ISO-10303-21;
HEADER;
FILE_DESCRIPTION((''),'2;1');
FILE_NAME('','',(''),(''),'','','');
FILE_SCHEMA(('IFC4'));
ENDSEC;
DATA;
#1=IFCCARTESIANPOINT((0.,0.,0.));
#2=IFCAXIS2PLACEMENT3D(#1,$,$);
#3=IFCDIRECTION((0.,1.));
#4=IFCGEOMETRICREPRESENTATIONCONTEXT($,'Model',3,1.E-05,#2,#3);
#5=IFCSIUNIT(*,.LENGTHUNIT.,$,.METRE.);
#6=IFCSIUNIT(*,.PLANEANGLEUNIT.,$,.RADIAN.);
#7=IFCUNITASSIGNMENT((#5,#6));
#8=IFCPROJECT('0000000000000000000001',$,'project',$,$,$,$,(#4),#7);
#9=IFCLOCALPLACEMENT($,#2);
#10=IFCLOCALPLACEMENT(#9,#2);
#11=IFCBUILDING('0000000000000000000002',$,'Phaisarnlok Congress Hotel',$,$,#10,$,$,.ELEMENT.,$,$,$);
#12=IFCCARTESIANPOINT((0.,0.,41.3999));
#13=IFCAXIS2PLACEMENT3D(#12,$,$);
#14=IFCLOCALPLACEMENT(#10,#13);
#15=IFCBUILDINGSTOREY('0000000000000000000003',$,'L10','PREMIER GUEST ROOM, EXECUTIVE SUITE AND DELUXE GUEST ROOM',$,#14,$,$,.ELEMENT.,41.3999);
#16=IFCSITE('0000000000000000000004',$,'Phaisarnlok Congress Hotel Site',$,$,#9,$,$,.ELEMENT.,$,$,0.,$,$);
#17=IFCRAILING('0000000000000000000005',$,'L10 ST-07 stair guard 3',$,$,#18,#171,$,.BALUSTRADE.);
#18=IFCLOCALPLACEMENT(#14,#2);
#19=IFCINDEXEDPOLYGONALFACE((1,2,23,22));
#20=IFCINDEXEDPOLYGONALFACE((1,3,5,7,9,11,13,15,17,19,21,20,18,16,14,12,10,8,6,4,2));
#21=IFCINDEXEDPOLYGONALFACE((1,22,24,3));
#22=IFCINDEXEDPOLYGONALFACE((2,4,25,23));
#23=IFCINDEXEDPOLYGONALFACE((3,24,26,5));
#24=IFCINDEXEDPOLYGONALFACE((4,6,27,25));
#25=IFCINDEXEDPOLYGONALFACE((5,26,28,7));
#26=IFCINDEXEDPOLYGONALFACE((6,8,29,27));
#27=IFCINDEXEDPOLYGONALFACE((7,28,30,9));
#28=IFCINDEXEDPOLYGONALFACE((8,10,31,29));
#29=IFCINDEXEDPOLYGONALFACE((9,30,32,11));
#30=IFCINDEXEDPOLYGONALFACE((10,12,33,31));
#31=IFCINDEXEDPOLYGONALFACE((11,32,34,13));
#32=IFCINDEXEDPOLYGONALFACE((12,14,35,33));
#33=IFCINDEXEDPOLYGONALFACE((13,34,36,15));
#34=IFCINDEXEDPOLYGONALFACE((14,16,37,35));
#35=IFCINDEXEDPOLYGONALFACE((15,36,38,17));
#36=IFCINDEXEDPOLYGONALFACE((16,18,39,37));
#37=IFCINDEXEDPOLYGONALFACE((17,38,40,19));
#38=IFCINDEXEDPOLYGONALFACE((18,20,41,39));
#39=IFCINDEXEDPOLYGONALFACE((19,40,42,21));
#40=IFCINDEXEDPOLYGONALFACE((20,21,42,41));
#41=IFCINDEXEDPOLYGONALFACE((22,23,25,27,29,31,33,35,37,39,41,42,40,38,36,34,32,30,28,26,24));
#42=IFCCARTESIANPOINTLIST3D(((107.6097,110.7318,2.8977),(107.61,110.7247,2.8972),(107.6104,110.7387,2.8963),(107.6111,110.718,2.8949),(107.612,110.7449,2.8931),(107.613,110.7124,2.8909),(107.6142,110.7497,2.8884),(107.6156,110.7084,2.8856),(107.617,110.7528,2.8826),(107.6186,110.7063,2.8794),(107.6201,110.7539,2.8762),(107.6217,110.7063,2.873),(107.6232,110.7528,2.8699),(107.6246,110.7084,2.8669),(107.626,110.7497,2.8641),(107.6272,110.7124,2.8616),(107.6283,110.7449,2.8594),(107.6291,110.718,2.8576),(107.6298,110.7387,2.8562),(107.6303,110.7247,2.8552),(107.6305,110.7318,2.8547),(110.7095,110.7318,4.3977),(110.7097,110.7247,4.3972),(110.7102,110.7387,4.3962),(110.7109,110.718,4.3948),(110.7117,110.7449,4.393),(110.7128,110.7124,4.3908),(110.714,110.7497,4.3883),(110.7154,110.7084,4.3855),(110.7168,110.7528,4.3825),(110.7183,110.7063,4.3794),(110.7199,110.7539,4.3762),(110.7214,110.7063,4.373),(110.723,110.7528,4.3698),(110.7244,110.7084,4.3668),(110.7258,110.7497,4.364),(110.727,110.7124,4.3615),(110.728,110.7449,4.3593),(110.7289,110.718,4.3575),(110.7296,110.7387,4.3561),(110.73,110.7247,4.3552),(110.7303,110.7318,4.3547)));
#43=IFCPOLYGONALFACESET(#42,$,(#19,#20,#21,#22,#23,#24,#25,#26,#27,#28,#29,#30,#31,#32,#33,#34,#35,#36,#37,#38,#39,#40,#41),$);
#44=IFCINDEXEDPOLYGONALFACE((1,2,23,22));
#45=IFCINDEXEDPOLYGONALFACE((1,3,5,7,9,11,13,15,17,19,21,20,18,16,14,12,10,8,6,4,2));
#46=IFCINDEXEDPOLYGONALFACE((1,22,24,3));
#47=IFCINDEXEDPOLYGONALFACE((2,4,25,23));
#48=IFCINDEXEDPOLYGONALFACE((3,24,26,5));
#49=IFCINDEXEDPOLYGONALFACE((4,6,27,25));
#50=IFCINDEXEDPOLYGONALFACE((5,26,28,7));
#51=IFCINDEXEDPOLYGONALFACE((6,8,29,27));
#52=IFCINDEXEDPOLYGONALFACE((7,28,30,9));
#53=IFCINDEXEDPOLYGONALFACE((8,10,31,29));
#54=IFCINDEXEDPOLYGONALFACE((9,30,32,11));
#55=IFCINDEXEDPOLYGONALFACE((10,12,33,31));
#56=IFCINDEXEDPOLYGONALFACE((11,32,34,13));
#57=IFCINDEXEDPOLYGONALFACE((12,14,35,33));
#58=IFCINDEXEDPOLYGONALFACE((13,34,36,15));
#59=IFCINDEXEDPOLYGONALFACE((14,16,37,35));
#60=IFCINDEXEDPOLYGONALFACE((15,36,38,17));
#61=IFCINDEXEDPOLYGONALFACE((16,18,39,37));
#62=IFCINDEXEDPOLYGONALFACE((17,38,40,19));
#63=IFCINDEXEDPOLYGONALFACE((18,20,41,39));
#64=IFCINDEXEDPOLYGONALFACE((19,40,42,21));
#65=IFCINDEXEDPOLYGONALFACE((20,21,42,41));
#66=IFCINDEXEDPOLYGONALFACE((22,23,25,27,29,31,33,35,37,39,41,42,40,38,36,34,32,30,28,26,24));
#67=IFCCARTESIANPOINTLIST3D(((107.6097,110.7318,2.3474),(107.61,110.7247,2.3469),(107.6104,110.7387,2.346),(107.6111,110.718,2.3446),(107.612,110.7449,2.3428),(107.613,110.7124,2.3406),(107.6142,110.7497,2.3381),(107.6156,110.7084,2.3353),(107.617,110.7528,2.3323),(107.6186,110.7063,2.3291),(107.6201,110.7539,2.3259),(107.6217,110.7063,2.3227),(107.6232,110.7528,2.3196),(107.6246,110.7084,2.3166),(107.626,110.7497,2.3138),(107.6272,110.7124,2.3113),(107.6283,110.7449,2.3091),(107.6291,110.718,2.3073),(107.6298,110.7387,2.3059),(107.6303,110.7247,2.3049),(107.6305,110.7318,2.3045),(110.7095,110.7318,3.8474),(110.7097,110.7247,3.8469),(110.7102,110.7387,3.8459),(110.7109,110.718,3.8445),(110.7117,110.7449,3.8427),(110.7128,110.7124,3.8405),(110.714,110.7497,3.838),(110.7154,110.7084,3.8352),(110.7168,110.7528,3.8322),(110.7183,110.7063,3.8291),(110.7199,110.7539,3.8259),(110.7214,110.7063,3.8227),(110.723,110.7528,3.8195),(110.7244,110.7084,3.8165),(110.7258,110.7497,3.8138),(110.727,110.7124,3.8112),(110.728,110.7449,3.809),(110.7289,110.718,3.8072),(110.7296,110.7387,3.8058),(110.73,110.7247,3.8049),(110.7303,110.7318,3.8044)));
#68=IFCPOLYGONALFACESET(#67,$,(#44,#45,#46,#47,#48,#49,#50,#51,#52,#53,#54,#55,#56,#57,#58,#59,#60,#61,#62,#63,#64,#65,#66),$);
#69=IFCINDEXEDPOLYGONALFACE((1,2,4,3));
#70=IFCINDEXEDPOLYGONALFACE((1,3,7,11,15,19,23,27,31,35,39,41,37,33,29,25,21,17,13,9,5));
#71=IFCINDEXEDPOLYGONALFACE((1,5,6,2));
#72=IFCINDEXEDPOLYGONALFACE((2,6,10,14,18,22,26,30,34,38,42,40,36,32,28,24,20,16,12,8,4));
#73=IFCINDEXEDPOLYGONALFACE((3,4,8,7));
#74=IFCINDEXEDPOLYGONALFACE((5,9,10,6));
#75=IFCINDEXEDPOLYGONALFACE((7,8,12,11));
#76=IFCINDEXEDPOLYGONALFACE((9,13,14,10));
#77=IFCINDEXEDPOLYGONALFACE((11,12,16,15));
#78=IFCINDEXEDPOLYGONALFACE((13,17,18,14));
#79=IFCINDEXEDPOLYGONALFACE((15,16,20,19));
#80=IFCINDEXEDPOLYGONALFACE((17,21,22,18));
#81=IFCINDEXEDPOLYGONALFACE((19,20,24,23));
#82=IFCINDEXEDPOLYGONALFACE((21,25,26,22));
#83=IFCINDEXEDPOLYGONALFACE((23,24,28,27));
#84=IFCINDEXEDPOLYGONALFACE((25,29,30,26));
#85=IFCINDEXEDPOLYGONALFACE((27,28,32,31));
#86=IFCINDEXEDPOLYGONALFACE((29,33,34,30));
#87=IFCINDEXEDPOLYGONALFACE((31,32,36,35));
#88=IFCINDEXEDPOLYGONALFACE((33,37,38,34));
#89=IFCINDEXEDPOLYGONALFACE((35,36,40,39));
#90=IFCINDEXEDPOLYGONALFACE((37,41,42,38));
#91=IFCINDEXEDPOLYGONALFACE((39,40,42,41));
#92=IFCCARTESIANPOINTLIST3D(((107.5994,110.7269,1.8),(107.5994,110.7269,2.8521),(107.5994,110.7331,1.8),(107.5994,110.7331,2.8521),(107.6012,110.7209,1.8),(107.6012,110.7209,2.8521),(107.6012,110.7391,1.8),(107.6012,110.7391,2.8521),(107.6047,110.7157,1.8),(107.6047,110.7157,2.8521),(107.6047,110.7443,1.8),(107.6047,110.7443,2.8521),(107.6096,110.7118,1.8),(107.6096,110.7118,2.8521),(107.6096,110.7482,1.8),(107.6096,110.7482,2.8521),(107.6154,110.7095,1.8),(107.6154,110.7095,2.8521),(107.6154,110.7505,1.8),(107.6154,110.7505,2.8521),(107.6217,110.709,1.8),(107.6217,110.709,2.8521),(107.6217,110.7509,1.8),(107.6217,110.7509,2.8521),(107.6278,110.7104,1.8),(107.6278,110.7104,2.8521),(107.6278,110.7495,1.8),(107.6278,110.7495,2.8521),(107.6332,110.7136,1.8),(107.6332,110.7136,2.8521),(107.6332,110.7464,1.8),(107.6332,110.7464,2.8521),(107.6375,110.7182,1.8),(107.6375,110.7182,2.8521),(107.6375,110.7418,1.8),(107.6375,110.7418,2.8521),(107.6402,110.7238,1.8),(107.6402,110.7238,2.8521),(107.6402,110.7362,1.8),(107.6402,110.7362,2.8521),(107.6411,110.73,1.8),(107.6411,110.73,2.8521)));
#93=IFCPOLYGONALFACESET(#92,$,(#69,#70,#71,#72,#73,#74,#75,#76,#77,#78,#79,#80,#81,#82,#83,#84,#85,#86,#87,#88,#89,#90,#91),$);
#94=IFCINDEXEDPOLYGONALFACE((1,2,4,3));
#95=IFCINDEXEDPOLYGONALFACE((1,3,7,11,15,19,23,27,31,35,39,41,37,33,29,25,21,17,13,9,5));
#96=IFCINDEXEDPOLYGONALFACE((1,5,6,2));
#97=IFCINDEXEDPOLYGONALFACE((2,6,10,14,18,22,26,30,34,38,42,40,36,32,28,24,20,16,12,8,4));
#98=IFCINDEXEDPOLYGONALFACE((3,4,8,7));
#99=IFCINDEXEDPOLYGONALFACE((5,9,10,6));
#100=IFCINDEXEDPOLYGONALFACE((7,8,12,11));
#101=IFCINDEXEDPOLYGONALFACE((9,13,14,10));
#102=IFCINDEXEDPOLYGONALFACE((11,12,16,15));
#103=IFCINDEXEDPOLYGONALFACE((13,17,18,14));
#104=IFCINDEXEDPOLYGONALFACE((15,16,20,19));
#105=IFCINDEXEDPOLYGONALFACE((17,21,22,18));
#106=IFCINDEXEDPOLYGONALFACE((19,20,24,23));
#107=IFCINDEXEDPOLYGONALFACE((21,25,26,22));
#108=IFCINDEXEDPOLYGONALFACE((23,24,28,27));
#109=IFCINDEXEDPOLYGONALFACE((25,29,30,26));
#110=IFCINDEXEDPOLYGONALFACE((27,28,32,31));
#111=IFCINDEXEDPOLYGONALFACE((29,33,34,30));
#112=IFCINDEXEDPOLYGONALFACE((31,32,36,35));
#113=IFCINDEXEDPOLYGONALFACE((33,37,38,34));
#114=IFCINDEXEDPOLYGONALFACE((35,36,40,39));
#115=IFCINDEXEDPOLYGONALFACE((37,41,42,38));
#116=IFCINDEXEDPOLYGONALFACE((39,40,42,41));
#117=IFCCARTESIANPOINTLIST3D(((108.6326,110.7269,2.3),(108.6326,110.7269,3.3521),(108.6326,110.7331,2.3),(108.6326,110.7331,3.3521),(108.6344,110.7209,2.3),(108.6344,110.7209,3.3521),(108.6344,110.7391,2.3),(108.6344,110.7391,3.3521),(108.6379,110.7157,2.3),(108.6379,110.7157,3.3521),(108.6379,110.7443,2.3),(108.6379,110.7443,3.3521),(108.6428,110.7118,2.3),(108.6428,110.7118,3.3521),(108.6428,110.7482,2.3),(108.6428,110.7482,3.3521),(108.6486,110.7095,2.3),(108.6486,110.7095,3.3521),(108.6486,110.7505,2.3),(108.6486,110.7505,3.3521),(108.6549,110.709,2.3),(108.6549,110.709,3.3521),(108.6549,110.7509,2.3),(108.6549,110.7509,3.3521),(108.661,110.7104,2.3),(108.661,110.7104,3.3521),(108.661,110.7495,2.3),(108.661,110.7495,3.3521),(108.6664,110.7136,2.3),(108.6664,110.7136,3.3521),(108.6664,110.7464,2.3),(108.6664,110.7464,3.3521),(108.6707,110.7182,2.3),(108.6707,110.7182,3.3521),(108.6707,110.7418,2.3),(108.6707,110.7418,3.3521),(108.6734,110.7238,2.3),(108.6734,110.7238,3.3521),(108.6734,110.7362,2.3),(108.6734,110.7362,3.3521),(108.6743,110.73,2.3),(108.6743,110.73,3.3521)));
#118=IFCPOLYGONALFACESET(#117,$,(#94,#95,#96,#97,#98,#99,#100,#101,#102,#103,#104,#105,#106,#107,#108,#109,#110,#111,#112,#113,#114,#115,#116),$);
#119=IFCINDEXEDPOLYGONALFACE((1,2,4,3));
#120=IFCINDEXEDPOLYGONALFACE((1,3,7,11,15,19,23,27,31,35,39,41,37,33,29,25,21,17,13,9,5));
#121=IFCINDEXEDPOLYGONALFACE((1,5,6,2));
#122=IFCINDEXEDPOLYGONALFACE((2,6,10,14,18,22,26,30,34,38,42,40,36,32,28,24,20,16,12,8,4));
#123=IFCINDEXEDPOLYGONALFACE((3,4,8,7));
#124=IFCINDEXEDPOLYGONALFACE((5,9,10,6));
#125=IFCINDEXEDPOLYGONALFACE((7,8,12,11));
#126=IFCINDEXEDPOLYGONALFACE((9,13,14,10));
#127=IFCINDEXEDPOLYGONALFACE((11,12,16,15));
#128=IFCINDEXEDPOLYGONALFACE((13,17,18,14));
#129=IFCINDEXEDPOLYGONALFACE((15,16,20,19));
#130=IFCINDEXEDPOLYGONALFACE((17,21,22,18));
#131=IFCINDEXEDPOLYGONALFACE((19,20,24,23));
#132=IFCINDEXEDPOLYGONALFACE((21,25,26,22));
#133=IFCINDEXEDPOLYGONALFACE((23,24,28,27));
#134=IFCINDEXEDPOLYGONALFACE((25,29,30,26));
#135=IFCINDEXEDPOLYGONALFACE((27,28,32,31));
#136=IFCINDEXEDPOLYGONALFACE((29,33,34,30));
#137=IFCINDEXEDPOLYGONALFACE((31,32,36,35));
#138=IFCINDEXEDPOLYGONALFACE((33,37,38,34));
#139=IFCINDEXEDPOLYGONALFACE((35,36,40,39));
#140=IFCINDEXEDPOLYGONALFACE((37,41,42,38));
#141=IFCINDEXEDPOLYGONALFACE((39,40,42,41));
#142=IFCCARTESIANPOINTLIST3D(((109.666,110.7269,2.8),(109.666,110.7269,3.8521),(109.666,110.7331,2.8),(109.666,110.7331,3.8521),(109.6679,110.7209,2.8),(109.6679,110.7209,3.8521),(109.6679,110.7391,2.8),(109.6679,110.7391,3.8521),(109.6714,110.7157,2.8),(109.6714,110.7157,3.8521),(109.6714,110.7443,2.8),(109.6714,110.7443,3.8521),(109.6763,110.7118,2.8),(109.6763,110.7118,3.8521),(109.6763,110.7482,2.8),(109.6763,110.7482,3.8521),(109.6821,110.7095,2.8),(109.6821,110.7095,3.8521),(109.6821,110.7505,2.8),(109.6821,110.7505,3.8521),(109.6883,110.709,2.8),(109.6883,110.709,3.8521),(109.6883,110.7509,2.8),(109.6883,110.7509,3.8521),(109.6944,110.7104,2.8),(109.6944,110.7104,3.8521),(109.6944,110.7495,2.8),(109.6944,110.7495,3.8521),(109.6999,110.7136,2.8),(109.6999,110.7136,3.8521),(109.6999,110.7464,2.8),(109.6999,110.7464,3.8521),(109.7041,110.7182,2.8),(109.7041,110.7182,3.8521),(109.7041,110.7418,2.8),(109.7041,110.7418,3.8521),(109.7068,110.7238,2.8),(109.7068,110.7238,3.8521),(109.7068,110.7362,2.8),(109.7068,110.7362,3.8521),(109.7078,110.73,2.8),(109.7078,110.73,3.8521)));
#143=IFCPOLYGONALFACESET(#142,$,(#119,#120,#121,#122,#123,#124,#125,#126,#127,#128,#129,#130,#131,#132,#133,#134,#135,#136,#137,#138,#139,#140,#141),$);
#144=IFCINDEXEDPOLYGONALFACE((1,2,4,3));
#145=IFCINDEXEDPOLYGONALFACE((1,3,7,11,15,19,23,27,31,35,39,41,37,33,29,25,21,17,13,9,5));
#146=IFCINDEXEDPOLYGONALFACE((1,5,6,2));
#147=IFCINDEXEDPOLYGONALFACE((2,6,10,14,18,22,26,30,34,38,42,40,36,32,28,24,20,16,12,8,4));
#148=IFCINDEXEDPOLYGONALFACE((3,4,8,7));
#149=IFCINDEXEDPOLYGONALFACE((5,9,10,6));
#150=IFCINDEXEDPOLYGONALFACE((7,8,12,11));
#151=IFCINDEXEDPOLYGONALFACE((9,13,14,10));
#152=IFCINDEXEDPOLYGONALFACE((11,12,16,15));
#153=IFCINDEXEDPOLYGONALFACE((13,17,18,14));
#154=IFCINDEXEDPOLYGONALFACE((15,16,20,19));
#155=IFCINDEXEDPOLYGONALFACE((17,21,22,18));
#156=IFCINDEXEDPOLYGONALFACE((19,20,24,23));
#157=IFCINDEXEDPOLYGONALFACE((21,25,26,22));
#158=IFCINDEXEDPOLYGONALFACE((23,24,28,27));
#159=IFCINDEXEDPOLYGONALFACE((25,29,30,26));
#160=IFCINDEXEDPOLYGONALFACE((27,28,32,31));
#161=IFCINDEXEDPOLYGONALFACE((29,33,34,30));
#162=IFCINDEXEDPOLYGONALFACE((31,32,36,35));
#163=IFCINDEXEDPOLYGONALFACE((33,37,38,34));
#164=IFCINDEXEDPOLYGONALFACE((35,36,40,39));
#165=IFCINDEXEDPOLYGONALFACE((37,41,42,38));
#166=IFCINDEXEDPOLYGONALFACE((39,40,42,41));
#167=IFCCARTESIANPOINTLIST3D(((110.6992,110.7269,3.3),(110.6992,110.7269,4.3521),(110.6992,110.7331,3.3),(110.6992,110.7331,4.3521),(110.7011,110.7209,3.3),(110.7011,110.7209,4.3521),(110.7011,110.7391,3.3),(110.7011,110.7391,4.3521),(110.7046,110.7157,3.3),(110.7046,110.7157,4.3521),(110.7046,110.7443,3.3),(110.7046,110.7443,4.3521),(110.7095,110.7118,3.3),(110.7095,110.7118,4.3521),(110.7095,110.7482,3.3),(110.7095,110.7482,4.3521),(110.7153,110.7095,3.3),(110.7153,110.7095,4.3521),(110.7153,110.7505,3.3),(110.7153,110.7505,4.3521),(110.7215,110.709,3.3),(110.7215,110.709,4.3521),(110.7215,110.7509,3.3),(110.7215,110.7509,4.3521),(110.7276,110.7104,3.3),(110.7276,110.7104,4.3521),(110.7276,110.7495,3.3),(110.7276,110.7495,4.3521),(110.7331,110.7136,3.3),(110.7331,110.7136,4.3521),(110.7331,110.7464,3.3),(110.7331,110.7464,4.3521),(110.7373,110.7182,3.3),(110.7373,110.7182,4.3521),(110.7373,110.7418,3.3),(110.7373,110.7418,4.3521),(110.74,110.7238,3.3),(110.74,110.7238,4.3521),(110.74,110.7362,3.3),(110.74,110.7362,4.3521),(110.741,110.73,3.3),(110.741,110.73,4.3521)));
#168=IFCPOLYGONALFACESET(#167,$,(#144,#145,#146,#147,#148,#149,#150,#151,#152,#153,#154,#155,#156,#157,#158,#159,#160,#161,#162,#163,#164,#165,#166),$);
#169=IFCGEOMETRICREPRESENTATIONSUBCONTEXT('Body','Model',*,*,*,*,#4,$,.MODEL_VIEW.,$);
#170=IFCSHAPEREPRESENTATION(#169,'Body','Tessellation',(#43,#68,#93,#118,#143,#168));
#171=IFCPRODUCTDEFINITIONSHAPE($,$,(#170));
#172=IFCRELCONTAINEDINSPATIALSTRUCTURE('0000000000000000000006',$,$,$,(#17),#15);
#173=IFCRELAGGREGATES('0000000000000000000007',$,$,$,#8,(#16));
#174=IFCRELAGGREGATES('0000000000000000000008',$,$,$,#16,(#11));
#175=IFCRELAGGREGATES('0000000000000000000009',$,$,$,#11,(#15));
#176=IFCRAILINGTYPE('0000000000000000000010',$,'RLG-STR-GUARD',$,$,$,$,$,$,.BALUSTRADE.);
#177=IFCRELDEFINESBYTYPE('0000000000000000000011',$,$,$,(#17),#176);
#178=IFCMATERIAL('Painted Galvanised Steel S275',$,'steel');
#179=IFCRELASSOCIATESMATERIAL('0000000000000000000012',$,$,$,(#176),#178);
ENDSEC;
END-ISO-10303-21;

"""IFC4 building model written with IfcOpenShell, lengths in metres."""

from ifc_helpers import new_model, si_unit, direction, frame, origin, origin_2d, place, context, subcontext, project, spatial, circle, extrude, material, type_object, element, save


model = new_model("IFC4")

# Units and contexts
model_context = context("Model", 3, precision=1e-05, world=origin(), true_north=direction((0.0, 1.0)))
body_context = subcontext(model_context, "Body", "Model", "MODEL_VIEW")
ifc_project = project(units=[si_unit("LENGTHUNIT", "METRE"), si_unit("PLANEANGLEUNIT", "RADIAN")], contexts=[model_context])

# Site, building, storey
site_placement = place(None, origin())
site = spatial("IfcSite", under=ifc_project, at=site_placement, Name="Phaisarnlok Congress Hotel Site", CompositionType="ELEMENT", RefElevation=0.0)
building_placement = place(site_placement, origin())
building = spatial("IfcBuilding", under=site, at=building_placement, Name="Phaisarnlok Congress Hotel", CompositionType="ELEMENT")
storey_placement = place(building_placement, frame((0.0, 0.0, 41.3999)))
storey = spatial("IfcBuildingStorey", under=building, at=storey_placement, Name="L10", Description="PREMIER GUEST ROOM, EXECUTIVE SUITE AND DELUXE GUEST ROOM", CompositionType="ELEMENT", Elevation=41.3999)

# Railing
ifc_material_1 = material(Name="Painted Galvanised Steel S275", Category="steel")
railing_type_1 = type_object("IfcRailingType", Name="RLG-STR-GUARD", PredefinedType="BALUSTRADE", material=ifc_material_1)
railing_1_placement = place(storey_placement, frame((107.6201, 110.73, 1.8)))
element("IfcRailing", 1, at=railing_1_placement, inside=storey, type_object=railing_type_1, Name="L10 ST-07 stair guard 3", PredefinedType="BALUSTRADE", context=body_context, shape_type="SweptSolid", body=[
    extrude(circle(Radius=0.0239, at=origin_2d()), frame((0.0, 0.0, 1.0762), z_axis=(0.900151, 0.0, 0.435578), x_axis=(0.0, 1.0, 0.0)), (0.0, 0.0, 1.0), 3.4436),
    extrude(circle(Radius=0.0239, at=origin_2d()), frame((0.0, 0.0, 0.5259), z_axis=(0.900151, 0.0, 0.435578), x_axis=(0.0, 1.0, 0.0)), (0.0, 0.0, 1.0), 3.4436),
    extrude(circle(Radius=0.021, at=origin_2d()), origin(), (0.0, 0.0, 1.0), 1.052),
    extrude(circle(Radius=0.021, at=origin_2d()), frame((1.0332, 0.0, 0.5)), (0.0, 0.0, 1.0), 1.052),
    extrude(circle(Radius=0.021, at=origin_2d()), frame((2.0667, 0.0, 1.0)), (0.0, 0.0, 1.0), 1.052),
    extrude(circle(Radius=0.021, at=origin_2d()), frame((3.0999, 0.0, 1.5)), (0.0, 0.0, 1.0), 1.052),
])

save(model, "model.ifc")
